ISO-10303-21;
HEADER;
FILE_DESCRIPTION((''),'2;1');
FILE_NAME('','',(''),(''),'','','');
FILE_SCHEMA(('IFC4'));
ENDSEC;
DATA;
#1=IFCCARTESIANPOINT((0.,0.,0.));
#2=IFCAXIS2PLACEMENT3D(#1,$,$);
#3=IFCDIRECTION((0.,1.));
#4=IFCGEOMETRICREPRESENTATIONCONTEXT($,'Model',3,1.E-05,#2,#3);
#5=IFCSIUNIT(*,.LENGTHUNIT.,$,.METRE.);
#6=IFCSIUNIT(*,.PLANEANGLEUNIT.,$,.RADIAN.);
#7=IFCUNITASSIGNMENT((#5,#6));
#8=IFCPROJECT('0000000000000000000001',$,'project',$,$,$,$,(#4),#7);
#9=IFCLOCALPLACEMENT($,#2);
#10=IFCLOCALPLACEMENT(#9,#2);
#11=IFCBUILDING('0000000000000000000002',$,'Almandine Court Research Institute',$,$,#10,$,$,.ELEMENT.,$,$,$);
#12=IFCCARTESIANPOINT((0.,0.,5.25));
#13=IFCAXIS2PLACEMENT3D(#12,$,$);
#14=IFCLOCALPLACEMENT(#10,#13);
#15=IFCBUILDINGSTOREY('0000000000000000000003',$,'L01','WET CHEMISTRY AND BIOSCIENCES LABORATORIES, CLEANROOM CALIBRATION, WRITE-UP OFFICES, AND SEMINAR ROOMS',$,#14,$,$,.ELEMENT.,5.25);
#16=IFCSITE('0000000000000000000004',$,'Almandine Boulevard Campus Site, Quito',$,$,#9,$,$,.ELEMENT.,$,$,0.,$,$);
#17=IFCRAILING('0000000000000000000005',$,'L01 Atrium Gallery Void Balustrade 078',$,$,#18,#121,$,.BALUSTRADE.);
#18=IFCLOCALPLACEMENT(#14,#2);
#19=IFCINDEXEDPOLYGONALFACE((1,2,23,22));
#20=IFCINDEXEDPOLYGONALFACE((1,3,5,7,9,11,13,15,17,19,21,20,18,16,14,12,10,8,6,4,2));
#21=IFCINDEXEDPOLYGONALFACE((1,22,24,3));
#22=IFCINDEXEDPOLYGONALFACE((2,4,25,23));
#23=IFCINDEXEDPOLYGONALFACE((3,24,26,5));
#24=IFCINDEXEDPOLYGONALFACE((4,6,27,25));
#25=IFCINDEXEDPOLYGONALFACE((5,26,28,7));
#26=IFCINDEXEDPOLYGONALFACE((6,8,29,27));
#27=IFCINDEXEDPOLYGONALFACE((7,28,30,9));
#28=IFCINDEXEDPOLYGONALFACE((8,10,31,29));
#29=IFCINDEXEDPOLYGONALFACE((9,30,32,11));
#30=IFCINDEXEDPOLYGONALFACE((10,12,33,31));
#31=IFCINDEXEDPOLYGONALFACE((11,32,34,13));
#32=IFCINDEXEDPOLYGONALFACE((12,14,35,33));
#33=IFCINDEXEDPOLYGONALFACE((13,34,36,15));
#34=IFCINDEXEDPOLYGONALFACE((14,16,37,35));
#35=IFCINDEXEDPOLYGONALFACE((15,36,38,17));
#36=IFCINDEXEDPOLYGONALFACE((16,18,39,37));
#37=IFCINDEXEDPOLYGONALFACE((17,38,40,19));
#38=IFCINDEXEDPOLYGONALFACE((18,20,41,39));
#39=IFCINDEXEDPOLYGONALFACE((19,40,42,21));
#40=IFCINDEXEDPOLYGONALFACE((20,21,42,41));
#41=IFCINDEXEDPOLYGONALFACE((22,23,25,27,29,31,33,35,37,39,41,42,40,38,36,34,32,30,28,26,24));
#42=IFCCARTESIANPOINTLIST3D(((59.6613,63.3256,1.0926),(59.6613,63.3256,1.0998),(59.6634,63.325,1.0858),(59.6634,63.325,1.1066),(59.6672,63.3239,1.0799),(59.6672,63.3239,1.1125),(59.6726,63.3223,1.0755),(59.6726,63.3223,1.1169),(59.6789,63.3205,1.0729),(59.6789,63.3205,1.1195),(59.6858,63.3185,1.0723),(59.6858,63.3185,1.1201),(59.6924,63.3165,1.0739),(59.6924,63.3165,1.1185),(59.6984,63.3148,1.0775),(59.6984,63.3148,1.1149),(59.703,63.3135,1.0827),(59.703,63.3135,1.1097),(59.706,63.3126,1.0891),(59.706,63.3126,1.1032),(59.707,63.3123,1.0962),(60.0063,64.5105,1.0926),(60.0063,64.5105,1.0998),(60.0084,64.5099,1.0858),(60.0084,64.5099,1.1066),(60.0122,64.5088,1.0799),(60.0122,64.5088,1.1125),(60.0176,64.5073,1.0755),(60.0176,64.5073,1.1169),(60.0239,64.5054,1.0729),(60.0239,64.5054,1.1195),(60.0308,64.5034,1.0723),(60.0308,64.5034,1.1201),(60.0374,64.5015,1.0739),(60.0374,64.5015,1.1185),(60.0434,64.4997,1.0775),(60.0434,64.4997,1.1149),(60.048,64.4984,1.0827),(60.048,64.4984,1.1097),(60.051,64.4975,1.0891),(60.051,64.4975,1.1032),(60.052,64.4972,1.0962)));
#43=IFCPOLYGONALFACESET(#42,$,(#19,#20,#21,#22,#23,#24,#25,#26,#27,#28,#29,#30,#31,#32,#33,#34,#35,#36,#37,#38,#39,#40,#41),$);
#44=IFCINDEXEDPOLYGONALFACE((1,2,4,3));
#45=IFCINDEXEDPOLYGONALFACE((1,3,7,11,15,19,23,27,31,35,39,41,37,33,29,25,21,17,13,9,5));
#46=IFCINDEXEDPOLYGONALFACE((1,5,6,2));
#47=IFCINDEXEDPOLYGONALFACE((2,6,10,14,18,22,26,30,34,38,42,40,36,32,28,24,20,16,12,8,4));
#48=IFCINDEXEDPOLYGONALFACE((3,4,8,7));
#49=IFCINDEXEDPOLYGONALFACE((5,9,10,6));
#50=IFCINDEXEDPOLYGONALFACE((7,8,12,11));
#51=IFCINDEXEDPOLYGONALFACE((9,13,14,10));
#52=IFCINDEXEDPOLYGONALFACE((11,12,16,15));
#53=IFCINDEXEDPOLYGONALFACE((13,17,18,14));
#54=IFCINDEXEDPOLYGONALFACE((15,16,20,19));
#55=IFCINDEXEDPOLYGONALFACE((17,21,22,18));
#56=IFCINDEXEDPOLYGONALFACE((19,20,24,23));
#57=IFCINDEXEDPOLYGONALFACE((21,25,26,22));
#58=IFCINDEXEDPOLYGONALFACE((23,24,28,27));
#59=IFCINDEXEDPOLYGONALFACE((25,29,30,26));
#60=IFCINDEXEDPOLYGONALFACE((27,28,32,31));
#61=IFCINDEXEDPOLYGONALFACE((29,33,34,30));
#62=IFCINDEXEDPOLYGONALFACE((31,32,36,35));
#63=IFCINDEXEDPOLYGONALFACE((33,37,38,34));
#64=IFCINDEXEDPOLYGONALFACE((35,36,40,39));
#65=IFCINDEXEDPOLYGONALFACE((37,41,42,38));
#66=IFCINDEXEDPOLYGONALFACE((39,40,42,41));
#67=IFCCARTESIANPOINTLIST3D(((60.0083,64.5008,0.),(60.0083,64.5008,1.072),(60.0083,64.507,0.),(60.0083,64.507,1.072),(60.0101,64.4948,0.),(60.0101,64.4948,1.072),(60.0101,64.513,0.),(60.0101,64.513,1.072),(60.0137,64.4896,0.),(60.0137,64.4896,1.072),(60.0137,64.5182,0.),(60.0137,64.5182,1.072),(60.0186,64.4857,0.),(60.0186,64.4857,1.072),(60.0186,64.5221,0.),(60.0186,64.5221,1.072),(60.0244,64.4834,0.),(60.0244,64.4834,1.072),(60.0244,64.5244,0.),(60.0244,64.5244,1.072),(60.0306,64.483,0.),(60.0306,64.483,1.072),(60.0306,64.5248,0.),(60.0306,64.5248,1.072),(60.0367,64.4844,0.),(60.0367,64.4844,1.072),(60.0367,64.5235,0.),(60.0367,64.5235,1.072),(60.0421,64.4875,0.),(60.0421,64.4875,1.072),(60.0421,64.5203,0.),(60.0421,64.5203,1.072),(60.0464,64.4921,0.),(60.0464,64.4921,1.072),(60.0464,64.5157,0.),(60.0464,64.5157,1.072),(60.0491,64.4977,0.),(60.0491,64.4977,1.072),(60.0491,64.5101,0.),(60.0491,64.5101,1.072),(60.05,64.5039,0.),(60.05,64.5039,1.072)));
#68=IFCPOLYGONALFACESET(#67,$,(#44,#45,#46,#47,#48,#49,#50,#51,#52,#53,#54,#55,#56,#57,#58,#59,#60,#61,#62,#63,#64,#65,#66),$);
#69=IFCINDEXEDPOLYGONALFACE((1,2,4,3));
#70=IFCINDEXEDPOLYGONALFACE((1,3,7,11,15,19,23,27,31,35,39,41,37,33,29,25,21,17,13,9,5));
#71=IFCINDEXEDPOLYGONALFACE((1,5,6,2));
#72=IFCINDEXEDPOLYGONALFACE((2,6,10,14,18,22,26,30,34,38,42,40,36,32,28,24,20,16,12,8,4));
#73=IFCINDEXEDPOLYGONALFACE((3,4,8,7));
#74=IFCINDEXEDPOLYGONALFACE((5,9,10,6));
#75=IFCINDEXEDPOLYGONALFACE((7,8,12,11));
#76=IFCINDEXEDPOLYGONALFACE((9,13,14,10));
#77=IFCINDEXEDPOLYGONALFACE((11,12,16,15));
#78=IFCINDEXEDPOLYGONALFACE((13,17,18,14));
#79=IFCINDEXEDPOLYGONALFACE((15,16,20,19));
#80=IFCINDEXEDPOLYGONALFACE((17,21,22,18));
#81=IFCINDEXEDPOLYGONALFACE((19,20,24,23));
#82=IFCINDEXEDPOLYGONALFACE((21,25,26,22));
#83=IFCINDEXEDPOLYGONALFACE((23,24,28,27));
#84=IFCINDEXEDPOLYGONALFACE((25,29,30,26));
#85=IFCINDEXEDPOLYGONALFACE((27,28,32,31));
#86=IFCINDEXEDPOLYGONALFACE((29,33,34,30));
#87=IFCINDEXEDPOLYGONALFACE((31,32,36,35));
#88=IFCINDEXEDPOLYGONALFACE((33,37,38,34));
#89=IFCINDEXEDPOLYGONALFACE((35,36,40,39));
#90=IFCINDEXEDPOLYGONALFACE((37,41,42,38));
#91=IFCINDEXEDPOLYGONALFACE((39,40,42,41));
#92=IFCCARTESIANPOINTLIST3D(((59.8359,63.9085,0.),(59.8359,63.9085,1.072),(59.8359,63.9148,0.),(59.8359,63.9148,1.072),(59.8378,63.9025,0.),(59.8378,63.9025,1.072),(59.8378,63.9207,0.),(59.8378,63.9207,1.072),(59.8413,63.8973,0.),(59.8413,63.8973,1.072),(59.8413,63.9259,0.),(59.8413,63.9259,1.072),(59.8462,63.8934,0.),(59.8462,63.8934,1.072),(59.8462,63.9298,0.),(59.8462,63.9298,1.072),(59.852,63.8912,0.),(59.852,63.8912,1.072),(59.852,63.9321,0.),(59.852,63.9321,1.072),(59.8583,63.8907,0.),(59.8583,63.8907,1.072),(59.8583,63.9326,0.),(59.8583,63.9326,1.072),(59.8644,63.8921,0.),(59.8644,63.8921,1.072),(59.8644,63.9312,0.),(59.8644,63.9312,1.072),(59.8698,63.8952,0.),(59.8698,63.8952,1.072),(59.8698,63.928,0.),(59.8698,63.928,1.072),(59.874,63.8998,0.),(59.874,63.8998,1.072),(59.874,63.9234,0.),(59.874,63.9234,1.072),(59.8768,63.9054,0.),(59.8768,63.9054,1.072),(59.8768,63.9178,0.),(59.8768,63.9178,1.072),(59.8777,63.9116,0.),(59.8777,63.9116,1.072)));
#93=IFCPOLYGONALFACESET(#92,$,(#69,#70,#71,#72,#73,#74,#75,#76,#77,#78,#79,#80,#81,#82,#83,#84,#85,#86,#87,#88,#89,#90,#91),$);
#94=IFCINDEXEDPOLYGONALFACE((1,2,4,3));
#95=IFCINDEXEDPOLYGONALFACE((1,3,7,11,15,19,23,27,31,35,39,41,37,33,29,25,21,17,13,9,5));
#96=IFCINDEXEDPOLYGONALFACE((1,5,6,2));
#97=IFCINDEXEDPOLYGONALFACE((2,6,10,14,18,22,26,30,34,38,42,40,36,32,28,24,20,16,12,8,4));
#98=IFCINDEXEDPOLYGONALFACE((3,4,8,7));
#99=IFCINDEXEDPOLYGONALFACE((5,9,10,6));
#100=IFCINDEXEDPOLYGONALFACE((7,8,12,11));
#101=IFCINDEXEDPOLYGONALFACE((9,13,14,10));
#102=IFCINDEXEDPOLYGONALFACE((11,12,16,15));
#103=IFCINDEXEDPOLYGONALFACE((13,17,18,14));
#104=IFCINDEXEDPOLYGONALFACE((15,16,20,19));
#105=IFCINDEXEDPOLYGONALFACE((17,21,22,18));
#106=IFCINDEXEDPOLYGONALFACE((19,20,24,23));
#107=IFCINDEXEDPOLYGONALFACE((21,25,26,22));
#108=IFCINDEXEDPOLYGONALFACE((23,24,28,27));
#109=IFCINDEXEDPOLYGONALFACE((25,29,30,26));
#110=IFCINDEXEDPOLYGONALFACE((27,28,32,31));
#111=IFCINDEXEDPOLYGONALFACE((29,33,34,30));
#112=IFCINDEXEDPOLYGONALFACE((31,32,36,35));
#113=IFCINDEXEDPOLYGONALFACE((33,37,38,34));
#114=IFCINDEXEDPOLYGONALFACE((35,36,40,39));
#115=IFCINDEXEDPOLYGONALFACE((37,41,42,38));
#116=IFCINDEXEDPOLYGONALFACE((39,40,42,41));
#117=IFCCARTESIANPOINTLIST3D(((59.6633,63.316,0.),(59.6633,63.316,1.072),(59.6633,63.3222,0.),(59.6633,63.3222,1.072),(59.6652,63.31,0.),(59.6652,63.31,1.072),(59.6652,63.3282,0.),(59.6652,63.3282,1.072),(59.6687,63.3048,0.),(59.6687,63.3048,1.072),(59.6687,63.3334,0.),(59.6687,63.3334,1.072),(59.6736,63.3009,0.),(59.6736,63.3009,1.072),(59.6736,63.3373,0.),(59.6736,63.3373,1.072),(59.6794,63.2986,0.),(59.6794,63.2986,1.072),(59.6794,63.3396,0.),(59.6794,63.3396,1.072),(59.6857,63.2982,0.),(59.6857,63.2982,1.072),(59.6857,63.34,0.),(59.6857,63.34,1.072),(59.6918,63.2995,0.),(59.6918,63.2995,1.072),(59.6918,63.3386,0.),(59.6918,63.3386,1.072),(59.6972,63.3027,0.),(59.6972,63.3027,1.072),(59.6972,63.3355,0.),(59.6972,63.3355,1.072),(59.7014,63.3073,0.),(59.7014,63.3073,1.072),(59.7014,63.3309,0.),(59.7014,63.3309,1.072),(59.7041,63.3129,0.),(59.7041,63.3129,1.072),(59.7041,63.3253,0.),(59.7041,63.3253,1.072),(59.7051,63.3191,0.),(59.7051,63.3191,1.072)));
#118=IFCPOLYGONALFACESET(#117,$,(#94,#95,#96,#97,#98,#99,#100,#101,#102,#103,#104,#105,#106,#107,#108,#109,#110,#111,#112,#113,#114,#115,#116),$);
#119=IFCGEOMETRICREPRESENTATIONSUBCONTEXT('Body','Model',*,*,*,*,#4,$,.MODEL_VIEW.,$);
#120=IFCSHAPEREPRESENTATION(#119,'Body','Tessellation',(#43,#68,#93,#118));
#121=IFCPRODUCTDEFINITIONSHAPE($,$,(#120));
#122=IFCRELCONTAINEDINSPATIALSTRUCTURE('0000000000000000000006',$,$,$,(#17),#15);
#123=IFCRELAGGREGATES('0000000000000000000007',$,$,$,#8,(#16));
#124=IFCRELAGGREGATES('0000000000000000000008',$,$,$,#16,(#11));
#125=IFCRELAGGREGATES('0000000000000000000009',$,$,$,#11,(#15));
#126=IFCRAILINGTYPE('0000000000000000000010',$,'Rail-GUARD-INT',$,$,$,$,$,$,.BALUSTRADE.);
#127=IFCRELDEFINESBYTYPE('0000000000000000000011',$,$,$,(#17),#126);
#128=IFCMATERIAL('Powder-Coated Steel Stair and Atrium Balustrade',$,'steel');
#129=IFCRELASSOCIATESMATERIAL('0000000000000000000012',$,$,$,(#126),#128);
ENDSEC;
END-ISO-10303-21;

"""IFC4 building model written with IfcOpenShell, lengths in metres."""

from ifc_helpers import new_model, si_unit, direction, frame, origin, origin_2d, place, context, subcontext, project, spatial, circle, extrude, material, type_object, element, save


model = new_model("IFC4")

# Units and contexts
model_context = context("Model", 3, precision=1e-05, world=origin(), true_north=direction((0.0, 1.0)))
body_context = subcontext(model_context, "Body", "Model", "MODEL_VIEW")
ifc_project = project(units=[si_unit("LENGTHUNIT", "METRE"), si_unit("PLANEANGLEUNIT", "RADIAN")], contexts=[model_context])

# Site, building, storey
site_placement = place(None, origin())
site = spatial("IfcSite", under=ifc_project, at=site_placement, Name="Almandine Boulevard Campus Site, Quito", CompositionType="ELEMENT", RefElevation=0.0)
building_placement = place(site_placement, origin())
building = spatial("IfcBuilding", under=site, at=building_placement, Name="Almandine Court Research Institute", CompositionType="ELEMENT")
storey_placement = place(building_placement, frame((0.0, 0.0, 5.25)))
storey = spatial("IfcBuildingStorey", under=building, at=storey_placement, Name="L01", Description="WET CHEMISTRY AND BIOSCIENCES LABORATORIES, CLEANROOM CALIBRATION, WRITE-UP OFFICES, AND SEMINAR ROOMS", CompositionType="ELEMENT", Elevation=5.25)

# Railing
ifc_material_1 = material(Name="Powder-Coated Steel Stair and Atrium Balustrade", Category="steel")
railing_type = type_object("IfcRailingType", Name="Rail-GUARD-INT", PredefinedType="BALUSTRADE", material=ifc_material_1)
railing_1_placement = place(storey_placement, frame((60.0291, 64.5039, 0.0)))
element("IfcRailing", 1, at=railing_1_placement, inside=storey, type_object=railing_type, Name="L01 Atrium Gallery Void Balustrade 078", PredefinedType="BALUSTRADE", context=body_context, shape_type="SweptSolid", body=[
    extrude(circle(Radius=0.0239, at=origin_2d()), frame((0.0, 0.0, 1.0962), z_axis=(-0.279552, -0.960131, 0.0), x_axis=(0.960131, -0.279552, 0.0)), (0.0, 0.0, 1.0), 1.2341),
    extrude(circle(Radius=0.021, at=origin_2d()), origin(), (0.0, 0.0, 1.0), 1.072),
    extrude(circle(Radius=0.021, at=origin_2d()), frame((-0.1724, -0.5923, 0.0)), (0.0, 0.0, 1.0), 1.072),
    extrude(circle(Radius=0.021, at=origin_2d()), frame((-0.345, -1.1848, 0.0)), (0.0, 0.0, 1.0), 1.072),
])

save(model, "model.ifc")
